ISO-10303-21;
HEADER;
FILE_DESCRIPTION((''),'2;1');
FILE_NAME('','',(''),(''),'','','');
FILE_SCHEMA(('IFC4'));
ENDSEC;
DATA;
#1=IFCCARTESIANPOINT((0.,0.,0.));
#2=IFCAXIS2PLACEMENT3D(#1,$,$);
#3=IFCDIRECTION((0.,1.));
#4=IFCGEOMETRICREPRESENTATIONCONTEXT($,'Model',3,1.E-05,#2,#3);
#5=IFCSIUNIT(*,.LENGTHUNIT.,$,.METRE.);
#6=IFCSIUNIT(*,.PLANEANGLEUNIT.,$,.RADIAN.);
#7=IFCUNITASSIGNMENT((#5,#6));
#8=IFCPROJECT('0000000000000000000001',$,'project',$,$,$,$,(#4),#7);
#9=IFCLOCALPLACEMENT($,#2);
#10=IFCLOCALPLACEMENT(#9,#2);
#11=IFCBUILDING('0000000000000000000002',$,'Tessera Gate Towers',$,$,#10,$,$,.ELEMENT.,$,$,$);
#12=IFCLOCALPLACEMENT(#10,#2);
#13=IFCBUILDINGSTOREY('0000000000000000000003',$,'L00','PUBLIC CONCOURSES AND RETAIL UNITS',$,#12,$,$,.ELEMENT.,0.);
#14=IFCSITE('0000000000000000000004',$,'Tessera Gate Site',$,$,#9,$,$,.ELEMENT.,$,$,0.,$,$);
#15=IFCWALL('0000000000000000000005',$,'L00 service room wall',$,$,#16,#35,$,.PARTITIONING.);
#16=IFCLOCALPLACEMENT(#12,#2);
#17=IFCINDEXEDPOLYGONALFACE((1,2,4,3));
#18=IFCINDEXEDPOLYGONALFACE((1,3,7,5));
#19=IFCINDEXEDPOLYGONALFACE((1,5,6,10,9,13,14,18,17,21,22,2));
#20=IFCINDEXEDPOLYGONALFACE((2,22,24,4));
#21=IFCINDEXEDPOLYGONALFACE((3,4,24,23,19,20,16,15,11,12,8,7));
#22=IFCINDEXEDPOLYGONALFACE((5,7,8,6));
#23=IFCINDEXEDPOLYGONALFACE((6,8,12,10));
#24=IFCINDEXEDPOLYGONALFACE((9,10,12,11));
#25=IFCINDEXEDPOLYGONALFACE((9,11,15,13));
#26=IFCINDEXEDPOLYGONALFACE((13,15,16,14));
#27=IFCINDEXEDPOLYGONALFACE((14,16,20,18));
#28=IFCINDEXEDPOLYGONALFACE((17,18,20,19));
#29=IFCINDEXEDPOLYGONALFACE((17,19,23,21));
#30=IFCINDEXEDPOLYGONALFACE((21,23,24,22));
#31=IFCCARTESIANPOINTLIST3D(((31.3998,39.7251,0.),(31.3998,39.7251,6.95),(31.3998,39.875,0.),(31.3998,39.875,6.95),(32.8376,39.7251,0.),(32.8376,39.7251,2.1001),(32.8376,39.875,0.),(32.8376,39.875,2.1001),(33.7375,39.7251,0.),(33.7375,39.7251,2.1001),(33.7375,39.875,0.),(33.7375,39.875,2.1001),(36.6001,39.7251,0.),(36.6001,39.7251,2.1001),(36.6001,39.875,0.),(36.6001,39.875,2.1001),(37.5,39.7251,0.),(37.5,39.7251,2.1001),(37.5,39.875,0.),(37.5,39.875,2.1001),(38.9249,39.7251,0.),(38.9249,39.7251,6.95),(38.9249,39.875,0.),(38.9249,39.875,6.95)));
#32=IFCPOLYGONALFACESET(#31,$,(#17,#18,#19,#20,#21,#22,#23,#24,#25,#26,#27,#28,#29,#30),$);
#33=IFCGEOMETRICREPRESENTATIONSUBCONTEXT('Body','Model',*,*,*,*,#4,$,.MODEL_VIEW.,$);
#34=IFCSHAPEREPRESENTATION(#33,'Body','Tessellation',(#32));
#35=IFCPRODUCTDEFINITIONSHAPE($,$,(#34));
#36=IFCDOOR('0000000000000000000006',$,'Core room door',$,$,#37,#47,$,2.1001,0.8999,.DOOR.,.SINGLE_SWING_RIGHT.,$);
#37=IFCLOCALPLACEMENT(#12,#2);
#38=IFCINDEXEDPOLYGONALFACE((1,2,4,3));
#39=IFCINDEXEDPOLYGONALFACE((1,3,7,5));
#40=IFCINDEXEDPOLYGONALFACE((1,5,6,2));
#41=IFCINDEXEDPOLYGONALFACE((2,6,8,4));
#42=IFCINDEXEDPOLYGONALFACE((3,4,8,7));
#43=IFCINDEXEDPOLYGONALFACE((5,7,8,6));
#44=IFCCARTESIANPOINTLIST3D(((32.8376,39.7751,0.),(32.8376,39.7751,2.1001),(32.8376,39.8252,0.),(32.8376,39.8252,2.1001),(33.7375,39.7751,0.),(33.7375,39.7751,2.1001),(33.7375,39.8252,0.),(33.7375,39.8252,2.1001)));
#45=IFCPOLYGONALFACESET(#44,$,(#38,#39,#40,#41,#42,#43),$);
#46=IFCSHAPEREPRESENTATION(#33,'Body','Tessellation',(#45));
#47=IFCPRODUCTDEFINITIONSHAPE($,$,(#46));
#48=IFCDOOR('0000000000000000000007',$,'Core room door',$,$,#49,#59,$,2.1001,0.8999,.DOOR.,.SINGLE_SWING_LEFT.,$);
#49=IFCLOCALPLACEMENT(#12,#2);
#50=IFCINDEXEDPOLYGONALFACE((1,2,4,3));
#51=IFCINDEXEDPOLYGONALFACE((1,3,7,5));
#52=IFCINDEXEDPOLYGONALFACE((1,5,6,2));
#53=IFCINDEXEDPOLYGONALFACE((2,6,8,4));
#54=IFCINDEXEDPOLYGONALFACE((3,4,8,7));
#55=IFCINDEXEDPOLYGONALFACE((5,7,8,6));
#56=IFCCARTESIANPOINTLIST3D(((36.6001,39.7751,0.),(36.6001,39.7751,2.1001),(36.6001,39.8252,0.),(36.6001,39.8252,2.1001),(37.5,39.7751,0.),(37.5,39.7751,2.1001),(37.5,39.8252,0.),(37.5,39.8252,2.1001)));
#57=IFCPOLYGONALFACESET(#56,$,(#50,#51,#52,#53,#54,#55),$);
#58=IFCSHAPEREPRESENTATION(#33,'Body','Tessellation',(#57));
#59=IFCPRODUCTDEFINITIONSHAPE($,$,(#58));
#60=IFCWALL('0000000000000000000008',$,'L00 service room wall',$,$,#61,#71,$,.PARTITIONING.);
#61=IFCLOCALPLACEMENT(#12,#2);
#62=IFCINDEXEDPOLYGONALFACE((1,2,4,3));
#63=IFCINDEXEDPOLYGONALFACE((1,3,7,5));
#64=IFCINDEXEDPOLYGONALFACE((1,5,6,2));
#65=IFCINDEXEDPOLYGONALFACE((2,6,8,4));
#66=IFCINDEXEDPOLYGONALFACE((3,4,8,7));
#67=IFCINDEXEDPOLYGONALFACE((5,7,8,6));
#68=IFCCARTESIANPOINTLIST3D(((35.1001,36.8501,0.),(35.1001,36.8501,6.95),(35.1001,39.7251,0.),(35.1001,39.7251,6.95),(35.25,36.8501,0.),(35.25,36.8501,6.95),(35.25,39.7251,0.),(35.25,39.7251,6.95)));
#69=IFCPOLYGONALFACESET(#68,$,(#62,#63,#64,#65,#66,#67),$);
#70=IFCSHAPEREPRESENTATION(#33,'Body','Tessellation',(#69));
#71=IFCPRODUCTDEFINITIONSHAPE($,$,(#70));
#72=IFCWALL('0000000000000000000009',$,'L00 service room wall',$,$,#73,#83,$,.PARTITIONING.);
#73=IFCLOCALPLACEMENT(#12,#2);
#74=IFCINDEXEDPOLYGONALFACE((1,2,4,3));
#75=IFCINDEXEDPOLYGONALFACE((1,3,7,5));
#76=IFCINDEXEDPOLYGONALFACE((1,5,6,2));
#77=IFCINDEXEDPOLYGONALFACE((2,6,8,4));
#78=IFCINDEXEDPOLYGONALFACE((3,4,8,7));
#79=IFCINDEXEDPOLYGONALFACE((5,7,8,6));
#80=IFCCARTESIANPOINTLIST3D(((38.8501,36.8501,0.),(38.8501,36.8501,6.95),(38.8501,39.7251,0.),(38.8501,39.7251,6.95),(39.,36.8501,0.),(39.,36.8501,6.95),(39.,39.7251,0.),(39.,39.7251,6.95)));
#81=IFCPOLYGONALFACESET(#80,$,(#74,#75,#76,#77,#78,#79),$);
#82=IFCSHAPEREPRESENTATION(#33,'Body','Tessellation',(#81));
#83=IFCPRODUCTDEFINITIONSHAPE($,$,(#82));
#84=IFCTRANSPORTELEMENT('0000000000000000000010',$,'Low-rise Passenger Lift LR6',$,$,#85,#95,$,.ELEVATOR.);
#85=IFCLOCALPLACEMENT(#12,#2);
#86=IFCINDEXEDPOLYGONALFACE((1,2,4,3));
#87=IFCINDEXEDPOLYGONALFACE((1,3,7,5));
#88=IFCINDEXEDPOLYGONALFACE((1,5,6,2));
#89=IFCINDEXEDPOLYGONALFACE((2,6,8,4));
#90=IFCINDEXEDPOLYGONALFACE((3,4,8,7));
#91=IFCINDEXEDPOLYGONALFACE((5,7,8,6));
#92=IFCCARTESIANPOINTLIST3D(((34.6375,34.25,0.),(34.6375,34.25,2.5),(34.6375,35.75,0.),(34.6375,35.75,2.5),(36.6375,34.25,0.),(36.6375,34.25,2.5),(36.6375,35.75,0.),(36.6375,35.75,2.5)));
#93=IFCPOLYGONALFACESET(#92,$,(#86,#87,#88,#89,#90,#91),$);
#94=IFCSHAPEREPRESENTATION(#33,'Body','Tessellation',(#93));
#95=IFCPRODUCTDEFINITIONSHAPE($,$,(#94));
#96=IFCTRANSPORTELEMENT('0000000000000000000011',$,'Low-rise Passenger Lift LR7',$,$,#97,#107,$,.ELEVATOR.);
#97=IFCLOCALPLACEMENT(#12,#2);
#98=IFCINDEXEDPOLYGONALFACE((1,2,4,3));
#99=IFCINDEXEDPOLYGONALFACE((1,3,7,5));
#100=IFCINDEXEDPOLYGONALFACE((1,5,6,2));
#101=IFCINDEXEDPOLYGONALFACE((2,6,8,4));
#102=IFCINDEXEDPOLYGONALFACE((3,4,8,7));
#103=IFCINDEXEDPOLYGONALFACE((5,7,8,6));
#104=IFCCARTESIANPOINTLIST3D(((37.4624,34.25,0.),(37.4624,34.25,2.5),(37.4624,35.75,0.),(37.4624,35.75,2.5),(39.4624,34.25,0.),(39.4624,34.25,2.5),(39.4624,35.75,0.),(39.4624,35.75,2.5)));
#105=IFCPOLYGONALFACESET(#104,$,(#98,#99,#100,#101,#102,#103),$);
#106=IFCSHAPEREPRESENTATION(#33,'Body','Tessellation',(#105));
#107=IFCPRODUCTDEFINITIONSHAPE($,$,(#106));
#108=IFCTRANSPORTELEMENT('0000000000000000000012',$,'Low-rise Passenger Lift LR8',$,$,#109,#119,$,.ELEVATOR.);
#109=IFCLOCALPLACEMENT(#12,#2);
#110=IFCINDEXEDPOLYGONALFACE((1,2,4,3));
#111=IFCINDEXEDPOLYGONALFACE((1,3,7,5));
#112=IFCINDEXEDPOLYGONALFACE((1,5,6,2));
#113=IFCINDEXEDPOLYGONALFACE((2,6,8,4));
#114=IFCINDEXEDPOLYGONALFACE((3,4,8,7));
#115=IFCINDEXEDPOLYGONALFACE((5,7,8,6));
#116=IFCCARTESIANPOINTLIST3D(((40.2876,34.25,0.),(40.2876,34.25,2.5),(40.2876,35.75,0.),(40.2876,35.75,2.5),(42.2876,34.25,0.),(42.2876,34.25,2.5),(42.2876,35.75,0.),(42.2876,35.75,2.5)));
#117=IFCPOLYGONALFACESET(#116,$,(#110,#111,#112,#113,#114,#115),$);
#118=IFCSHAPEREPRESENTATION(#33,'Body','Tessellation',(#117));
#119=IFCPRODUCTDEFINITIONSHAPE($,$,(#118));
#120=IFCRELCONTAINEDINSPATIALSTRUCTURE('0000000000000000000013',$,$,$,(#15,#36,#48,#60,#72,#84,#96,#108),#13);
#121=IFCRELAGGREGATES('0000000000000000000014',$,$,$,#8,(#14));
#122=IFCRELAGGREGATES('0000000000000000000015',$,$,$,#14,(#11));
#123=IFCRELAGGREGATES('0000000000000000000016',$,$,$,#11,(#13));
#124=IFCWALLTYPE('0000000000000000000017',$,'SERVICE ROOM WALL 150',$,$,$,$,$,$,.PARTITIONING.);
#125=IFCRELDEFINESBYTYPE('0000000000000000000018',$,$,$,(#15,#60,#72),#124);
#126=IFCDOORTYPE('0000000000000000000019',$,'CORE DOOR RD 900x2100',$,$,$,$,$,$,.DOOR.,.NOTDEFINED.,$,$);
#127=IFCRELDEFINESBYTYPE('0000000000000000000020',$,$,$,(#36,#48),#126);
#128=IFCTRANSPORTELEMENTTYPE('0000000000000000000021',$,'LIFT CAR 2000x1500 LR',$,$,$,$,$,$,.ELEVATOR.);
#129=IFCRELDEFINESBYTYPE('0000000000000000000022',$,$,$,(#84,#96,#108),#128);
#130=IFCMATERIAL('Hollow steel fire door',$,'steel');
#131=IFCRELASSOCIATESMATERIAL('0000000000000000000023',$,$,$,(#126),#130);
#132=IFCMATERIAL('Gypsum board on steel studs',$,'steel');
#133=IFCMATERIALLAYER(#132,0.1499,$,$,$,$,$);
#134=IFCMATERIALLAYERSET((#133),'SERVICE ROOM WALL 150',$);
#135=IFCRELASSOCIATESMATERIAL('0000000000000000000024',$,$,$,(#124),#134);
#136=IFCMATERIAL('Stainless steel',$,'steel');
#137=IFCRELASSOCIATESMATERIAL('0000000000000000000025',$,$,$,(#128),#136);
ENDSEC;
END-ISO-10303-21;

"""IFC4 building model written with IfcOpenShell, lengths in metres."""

from ifc_helpers import new_model, si_unit, direction, frame, frame_2d, origin, origin_2d, place, context, subcontext, project, spatial, rectangle, extrude, source, transform, mapped, material, layer, layer_set, type_object, element, fill, save


model = new_model("IFC4")

# Units and contexts
model_context = context("Model", 3, precision=1e-05, world=origin(), true_north=direction((0.0, 1.0)))
body_context = subcontext(model_context, "Body", "Model", "MODEL_VIEW")
ifc_project = project(units=[si_unit("LENGTHUNIT", "METRE"), si_unit("PLANEANGLEUNIT", "RADIAN")], contexts=[model_context])

# Site, building, storey
site_placement = place(None, origin())
site = spatial("IfcSite", under=ifc_project, at=site_placement, Name="Tessera Gate Site", CompositionType="ELEMENT", RefElevation=0.0)
building_placement = place(site_placement, origin())
building = spatial("IfcBuilding", under=site, at=building_placement, Name="Tessera Gate Towers", CompositionType="ELEMENT")
storey_placement = place(building_placement, origin())
storey = spatial("IfcBuildingStorey", under=building, at=storey_placement, Name="L00", Description="PUBLIC CONCOURSES AND RETAIL UNITS", CompositionType="ELEMENT", Elevation=0.0)

# Shared definitions
ifc_material_1 = material(Name="Hollow steel fire door", Category="steel")
door_type_1 = type_object("IfcDoorType", Name="CORE DOOR RD 900x2100", OperationType="NOTDEFINED", PredefinedType="DOOR", material=ifc_material_1)
shared_shape_1 = source(origin(), body_context, "Body", "SweptSolid", [
    extrude(rectangle(XDim=0.8999, YDim=2.1001, at=frame_2d((0.45, 1.05))), frame((0.0, 0.0249, 0.0), z_axis=(0.0, -1.0, 0.0), x_axis=(1.0, 0.0, 0.0)), (0.0, 0.0, 1.0), 0.05),
])

# Wall, openings, doors
ifc_material_2 = material(Name="Gypsum board on steel studs", Category="steel")
ifc_layer_1 = layer(ifc_material_2, 0.1499)
ifc_layer_set_1 = layer_set([ifc_layer_1], Name="SERVICE ROOM WALL 150")
wall_type_1 = type_object("IfcWallType", Name="SERVICE ROOM WALL 150", PredefinedType="PARTITIONING", material=ifc_layer_set_1)
wall_1_placement = place(storey_placement, frame((38.925, 39.8, 0.0), z_axis=(0.0, 0.0, 1.0), x_axis=(-1.0, 0.0, 0.0)))
wall_1 = element("IfcWall", 1, at=wall_1_placement, inside=storey, type_object=wall_type_1, Name="L00 service room wall", PredefinedType="PARTITIONING", context=body_context, shape_type="SweptSolid", body=[
    extrude(rectangle(XDim=7.5251, YDim=0.1499, at=frame_2d((3.7627, 0.0))), origin(), (0.0, 0.0, 1.0), 6.95),
])
shared_shape_2 = source(origin(), body_context, "Body", "SweptSolid", [
    extrude(rectangle(XDim=0.8999, YDim=2.1001, at=frame_2d((0.45, 1.05))), frame((0.0, 0.085, 0.0), z_axis=(0.0, -1.0, 0.0), x_axis=(1.0, 0.0, 0.0)), (0.0, 0.0, 1.0), 0.1699),
])
opening_1_placement = place(wall_1_placement, frame((5.1875, 0.0, 0.0)))
opening_1 = element("IfcOpeningElement", 2, at=opening_1_placement, cuts=wall_1, PredefinedType="OPENING", context=body_context, shape_type="MappedRepresentation", body=[
    mapped(shared_shape_2, transform((0.0, 0.0, 0.0), scale=1.0)),
])
opening_2_placement = place(wall_1_placement, frame((1.425, 0.0, 0.0)))
opening_2 = element("IfcOpeningElement", 3, at=opening_2_placement, cuts=wall_1, PredefinedType="OPENING", context=body_context, shape_type="MappedRepresentation", body=[
    mapped(shared_shape_2, transform((0.0, 0.0, 0.0), scale=1.0)),
])
door_1_placement = place(opening_1_placement, origin())
door_1 = element("IfcDoor", 4, at=door_1_placement, inside=storey, type_object=door_type_1, Name="Core room door", OperationType="SINGLE_SWING_RIGHT", OverallHeight=2.1001, OverallWidth=0.8999, PredefinedType="DOOR", context=body_context, shape_type="MappedRepresentation", body=[
    mapped(shared_shape_1, transform((0.0, 0.0, 0.0), scale=1.0)),
])
fill(opening_1, door_1)
door_2_placement = place(opening_2_placement, origin())
door_2 = element("IfcDoor", 5, at=door_2_placement, inside=storey, type_object=door_type_1, Name="Core room door", OperationType="SINGLE_SWING_LEFT", OverallHeight=2.1001, OverallWidth=0.8999, PredefinedType="DOOR", context=body_context, shape_type="MappedRepresentation", body=[
    mapped(shared_shape_1, transform((0.0, 0.0, 0.0), scale=1.0)),
])
fill(opening_2, door_2)

# Walls
for number, where, z_axis, x_axis, name in (
    (6, (35.175, 36.8501, 0.0), (0.0, 0.0, 1.0), (0.0, 1.0, 0.0), "L00 service room wall"),
    (7, (38.925, 36.8501, 0.0), (0.0, 0.0, 1.0), (0.0, 1.0, 0.0), "L00 service room wall"),
):
    element("IfcWall", number, at=place(storey_placement, frame(where, z_axis=z_axis, x_axis=x_axis)), inside=storey, type_object=wall_type_1, Name=name, PredefinedType="PARTITIONING", context=body_context, shape_type="SweptSolid", body=[
        extrude(rectangle(XDim=2.875, YDim=0.1499, at=frame_2d((1.4375, 0.0))), origin(), (0.0, 0.0, 1.0), 6.95),
    ])

# Transport elements
ifc_material_3 = material(Name="Stainless steel", Category="steel")
transport_element_type = type_object("IfcTransportElementType", Name="LIFT CAR 2000x1500 LR", PredefinedType="ELEVATOR", material=ifc_material_3)
for number, where, z_axis, x_axis, name in (
    (8, (35.6375, 35.0, 0.0), (0.0, 0.0, 1.0), (1.0, 0.0, 0.0), "Low-rise Passenger Lift LR6"),
    (9, (38.4624, 35.0, 0.0), (0.0, 0.0, 1.0), (1.0, 0.0, 0.0), "Low-rise Passenger Lift LR7"),
    (10, (41.2876, 35.0, 0.0), (0.0, 0.0, 1.0), (1.0, 0.0, 0.0), "Low-rise Passenger Lift LR8"),
):
    element("IfcTransportElement", number, at=place(storey_placement, frame(where, z_axis=z_axis, x_axis=x_axis)), inside=storey, type_object=transport_element_type, Name=name, PredefinedType="ELEVATOR", context=body_context, shape_type="SweptSolid", body=[
        extrude(rectangle(XDim=2.0, YDim=1.5, at=origin_2d()), origin(), (0.0, 0.0, 1.0), 2.5),
    ])

save(model, "model.ifc")
